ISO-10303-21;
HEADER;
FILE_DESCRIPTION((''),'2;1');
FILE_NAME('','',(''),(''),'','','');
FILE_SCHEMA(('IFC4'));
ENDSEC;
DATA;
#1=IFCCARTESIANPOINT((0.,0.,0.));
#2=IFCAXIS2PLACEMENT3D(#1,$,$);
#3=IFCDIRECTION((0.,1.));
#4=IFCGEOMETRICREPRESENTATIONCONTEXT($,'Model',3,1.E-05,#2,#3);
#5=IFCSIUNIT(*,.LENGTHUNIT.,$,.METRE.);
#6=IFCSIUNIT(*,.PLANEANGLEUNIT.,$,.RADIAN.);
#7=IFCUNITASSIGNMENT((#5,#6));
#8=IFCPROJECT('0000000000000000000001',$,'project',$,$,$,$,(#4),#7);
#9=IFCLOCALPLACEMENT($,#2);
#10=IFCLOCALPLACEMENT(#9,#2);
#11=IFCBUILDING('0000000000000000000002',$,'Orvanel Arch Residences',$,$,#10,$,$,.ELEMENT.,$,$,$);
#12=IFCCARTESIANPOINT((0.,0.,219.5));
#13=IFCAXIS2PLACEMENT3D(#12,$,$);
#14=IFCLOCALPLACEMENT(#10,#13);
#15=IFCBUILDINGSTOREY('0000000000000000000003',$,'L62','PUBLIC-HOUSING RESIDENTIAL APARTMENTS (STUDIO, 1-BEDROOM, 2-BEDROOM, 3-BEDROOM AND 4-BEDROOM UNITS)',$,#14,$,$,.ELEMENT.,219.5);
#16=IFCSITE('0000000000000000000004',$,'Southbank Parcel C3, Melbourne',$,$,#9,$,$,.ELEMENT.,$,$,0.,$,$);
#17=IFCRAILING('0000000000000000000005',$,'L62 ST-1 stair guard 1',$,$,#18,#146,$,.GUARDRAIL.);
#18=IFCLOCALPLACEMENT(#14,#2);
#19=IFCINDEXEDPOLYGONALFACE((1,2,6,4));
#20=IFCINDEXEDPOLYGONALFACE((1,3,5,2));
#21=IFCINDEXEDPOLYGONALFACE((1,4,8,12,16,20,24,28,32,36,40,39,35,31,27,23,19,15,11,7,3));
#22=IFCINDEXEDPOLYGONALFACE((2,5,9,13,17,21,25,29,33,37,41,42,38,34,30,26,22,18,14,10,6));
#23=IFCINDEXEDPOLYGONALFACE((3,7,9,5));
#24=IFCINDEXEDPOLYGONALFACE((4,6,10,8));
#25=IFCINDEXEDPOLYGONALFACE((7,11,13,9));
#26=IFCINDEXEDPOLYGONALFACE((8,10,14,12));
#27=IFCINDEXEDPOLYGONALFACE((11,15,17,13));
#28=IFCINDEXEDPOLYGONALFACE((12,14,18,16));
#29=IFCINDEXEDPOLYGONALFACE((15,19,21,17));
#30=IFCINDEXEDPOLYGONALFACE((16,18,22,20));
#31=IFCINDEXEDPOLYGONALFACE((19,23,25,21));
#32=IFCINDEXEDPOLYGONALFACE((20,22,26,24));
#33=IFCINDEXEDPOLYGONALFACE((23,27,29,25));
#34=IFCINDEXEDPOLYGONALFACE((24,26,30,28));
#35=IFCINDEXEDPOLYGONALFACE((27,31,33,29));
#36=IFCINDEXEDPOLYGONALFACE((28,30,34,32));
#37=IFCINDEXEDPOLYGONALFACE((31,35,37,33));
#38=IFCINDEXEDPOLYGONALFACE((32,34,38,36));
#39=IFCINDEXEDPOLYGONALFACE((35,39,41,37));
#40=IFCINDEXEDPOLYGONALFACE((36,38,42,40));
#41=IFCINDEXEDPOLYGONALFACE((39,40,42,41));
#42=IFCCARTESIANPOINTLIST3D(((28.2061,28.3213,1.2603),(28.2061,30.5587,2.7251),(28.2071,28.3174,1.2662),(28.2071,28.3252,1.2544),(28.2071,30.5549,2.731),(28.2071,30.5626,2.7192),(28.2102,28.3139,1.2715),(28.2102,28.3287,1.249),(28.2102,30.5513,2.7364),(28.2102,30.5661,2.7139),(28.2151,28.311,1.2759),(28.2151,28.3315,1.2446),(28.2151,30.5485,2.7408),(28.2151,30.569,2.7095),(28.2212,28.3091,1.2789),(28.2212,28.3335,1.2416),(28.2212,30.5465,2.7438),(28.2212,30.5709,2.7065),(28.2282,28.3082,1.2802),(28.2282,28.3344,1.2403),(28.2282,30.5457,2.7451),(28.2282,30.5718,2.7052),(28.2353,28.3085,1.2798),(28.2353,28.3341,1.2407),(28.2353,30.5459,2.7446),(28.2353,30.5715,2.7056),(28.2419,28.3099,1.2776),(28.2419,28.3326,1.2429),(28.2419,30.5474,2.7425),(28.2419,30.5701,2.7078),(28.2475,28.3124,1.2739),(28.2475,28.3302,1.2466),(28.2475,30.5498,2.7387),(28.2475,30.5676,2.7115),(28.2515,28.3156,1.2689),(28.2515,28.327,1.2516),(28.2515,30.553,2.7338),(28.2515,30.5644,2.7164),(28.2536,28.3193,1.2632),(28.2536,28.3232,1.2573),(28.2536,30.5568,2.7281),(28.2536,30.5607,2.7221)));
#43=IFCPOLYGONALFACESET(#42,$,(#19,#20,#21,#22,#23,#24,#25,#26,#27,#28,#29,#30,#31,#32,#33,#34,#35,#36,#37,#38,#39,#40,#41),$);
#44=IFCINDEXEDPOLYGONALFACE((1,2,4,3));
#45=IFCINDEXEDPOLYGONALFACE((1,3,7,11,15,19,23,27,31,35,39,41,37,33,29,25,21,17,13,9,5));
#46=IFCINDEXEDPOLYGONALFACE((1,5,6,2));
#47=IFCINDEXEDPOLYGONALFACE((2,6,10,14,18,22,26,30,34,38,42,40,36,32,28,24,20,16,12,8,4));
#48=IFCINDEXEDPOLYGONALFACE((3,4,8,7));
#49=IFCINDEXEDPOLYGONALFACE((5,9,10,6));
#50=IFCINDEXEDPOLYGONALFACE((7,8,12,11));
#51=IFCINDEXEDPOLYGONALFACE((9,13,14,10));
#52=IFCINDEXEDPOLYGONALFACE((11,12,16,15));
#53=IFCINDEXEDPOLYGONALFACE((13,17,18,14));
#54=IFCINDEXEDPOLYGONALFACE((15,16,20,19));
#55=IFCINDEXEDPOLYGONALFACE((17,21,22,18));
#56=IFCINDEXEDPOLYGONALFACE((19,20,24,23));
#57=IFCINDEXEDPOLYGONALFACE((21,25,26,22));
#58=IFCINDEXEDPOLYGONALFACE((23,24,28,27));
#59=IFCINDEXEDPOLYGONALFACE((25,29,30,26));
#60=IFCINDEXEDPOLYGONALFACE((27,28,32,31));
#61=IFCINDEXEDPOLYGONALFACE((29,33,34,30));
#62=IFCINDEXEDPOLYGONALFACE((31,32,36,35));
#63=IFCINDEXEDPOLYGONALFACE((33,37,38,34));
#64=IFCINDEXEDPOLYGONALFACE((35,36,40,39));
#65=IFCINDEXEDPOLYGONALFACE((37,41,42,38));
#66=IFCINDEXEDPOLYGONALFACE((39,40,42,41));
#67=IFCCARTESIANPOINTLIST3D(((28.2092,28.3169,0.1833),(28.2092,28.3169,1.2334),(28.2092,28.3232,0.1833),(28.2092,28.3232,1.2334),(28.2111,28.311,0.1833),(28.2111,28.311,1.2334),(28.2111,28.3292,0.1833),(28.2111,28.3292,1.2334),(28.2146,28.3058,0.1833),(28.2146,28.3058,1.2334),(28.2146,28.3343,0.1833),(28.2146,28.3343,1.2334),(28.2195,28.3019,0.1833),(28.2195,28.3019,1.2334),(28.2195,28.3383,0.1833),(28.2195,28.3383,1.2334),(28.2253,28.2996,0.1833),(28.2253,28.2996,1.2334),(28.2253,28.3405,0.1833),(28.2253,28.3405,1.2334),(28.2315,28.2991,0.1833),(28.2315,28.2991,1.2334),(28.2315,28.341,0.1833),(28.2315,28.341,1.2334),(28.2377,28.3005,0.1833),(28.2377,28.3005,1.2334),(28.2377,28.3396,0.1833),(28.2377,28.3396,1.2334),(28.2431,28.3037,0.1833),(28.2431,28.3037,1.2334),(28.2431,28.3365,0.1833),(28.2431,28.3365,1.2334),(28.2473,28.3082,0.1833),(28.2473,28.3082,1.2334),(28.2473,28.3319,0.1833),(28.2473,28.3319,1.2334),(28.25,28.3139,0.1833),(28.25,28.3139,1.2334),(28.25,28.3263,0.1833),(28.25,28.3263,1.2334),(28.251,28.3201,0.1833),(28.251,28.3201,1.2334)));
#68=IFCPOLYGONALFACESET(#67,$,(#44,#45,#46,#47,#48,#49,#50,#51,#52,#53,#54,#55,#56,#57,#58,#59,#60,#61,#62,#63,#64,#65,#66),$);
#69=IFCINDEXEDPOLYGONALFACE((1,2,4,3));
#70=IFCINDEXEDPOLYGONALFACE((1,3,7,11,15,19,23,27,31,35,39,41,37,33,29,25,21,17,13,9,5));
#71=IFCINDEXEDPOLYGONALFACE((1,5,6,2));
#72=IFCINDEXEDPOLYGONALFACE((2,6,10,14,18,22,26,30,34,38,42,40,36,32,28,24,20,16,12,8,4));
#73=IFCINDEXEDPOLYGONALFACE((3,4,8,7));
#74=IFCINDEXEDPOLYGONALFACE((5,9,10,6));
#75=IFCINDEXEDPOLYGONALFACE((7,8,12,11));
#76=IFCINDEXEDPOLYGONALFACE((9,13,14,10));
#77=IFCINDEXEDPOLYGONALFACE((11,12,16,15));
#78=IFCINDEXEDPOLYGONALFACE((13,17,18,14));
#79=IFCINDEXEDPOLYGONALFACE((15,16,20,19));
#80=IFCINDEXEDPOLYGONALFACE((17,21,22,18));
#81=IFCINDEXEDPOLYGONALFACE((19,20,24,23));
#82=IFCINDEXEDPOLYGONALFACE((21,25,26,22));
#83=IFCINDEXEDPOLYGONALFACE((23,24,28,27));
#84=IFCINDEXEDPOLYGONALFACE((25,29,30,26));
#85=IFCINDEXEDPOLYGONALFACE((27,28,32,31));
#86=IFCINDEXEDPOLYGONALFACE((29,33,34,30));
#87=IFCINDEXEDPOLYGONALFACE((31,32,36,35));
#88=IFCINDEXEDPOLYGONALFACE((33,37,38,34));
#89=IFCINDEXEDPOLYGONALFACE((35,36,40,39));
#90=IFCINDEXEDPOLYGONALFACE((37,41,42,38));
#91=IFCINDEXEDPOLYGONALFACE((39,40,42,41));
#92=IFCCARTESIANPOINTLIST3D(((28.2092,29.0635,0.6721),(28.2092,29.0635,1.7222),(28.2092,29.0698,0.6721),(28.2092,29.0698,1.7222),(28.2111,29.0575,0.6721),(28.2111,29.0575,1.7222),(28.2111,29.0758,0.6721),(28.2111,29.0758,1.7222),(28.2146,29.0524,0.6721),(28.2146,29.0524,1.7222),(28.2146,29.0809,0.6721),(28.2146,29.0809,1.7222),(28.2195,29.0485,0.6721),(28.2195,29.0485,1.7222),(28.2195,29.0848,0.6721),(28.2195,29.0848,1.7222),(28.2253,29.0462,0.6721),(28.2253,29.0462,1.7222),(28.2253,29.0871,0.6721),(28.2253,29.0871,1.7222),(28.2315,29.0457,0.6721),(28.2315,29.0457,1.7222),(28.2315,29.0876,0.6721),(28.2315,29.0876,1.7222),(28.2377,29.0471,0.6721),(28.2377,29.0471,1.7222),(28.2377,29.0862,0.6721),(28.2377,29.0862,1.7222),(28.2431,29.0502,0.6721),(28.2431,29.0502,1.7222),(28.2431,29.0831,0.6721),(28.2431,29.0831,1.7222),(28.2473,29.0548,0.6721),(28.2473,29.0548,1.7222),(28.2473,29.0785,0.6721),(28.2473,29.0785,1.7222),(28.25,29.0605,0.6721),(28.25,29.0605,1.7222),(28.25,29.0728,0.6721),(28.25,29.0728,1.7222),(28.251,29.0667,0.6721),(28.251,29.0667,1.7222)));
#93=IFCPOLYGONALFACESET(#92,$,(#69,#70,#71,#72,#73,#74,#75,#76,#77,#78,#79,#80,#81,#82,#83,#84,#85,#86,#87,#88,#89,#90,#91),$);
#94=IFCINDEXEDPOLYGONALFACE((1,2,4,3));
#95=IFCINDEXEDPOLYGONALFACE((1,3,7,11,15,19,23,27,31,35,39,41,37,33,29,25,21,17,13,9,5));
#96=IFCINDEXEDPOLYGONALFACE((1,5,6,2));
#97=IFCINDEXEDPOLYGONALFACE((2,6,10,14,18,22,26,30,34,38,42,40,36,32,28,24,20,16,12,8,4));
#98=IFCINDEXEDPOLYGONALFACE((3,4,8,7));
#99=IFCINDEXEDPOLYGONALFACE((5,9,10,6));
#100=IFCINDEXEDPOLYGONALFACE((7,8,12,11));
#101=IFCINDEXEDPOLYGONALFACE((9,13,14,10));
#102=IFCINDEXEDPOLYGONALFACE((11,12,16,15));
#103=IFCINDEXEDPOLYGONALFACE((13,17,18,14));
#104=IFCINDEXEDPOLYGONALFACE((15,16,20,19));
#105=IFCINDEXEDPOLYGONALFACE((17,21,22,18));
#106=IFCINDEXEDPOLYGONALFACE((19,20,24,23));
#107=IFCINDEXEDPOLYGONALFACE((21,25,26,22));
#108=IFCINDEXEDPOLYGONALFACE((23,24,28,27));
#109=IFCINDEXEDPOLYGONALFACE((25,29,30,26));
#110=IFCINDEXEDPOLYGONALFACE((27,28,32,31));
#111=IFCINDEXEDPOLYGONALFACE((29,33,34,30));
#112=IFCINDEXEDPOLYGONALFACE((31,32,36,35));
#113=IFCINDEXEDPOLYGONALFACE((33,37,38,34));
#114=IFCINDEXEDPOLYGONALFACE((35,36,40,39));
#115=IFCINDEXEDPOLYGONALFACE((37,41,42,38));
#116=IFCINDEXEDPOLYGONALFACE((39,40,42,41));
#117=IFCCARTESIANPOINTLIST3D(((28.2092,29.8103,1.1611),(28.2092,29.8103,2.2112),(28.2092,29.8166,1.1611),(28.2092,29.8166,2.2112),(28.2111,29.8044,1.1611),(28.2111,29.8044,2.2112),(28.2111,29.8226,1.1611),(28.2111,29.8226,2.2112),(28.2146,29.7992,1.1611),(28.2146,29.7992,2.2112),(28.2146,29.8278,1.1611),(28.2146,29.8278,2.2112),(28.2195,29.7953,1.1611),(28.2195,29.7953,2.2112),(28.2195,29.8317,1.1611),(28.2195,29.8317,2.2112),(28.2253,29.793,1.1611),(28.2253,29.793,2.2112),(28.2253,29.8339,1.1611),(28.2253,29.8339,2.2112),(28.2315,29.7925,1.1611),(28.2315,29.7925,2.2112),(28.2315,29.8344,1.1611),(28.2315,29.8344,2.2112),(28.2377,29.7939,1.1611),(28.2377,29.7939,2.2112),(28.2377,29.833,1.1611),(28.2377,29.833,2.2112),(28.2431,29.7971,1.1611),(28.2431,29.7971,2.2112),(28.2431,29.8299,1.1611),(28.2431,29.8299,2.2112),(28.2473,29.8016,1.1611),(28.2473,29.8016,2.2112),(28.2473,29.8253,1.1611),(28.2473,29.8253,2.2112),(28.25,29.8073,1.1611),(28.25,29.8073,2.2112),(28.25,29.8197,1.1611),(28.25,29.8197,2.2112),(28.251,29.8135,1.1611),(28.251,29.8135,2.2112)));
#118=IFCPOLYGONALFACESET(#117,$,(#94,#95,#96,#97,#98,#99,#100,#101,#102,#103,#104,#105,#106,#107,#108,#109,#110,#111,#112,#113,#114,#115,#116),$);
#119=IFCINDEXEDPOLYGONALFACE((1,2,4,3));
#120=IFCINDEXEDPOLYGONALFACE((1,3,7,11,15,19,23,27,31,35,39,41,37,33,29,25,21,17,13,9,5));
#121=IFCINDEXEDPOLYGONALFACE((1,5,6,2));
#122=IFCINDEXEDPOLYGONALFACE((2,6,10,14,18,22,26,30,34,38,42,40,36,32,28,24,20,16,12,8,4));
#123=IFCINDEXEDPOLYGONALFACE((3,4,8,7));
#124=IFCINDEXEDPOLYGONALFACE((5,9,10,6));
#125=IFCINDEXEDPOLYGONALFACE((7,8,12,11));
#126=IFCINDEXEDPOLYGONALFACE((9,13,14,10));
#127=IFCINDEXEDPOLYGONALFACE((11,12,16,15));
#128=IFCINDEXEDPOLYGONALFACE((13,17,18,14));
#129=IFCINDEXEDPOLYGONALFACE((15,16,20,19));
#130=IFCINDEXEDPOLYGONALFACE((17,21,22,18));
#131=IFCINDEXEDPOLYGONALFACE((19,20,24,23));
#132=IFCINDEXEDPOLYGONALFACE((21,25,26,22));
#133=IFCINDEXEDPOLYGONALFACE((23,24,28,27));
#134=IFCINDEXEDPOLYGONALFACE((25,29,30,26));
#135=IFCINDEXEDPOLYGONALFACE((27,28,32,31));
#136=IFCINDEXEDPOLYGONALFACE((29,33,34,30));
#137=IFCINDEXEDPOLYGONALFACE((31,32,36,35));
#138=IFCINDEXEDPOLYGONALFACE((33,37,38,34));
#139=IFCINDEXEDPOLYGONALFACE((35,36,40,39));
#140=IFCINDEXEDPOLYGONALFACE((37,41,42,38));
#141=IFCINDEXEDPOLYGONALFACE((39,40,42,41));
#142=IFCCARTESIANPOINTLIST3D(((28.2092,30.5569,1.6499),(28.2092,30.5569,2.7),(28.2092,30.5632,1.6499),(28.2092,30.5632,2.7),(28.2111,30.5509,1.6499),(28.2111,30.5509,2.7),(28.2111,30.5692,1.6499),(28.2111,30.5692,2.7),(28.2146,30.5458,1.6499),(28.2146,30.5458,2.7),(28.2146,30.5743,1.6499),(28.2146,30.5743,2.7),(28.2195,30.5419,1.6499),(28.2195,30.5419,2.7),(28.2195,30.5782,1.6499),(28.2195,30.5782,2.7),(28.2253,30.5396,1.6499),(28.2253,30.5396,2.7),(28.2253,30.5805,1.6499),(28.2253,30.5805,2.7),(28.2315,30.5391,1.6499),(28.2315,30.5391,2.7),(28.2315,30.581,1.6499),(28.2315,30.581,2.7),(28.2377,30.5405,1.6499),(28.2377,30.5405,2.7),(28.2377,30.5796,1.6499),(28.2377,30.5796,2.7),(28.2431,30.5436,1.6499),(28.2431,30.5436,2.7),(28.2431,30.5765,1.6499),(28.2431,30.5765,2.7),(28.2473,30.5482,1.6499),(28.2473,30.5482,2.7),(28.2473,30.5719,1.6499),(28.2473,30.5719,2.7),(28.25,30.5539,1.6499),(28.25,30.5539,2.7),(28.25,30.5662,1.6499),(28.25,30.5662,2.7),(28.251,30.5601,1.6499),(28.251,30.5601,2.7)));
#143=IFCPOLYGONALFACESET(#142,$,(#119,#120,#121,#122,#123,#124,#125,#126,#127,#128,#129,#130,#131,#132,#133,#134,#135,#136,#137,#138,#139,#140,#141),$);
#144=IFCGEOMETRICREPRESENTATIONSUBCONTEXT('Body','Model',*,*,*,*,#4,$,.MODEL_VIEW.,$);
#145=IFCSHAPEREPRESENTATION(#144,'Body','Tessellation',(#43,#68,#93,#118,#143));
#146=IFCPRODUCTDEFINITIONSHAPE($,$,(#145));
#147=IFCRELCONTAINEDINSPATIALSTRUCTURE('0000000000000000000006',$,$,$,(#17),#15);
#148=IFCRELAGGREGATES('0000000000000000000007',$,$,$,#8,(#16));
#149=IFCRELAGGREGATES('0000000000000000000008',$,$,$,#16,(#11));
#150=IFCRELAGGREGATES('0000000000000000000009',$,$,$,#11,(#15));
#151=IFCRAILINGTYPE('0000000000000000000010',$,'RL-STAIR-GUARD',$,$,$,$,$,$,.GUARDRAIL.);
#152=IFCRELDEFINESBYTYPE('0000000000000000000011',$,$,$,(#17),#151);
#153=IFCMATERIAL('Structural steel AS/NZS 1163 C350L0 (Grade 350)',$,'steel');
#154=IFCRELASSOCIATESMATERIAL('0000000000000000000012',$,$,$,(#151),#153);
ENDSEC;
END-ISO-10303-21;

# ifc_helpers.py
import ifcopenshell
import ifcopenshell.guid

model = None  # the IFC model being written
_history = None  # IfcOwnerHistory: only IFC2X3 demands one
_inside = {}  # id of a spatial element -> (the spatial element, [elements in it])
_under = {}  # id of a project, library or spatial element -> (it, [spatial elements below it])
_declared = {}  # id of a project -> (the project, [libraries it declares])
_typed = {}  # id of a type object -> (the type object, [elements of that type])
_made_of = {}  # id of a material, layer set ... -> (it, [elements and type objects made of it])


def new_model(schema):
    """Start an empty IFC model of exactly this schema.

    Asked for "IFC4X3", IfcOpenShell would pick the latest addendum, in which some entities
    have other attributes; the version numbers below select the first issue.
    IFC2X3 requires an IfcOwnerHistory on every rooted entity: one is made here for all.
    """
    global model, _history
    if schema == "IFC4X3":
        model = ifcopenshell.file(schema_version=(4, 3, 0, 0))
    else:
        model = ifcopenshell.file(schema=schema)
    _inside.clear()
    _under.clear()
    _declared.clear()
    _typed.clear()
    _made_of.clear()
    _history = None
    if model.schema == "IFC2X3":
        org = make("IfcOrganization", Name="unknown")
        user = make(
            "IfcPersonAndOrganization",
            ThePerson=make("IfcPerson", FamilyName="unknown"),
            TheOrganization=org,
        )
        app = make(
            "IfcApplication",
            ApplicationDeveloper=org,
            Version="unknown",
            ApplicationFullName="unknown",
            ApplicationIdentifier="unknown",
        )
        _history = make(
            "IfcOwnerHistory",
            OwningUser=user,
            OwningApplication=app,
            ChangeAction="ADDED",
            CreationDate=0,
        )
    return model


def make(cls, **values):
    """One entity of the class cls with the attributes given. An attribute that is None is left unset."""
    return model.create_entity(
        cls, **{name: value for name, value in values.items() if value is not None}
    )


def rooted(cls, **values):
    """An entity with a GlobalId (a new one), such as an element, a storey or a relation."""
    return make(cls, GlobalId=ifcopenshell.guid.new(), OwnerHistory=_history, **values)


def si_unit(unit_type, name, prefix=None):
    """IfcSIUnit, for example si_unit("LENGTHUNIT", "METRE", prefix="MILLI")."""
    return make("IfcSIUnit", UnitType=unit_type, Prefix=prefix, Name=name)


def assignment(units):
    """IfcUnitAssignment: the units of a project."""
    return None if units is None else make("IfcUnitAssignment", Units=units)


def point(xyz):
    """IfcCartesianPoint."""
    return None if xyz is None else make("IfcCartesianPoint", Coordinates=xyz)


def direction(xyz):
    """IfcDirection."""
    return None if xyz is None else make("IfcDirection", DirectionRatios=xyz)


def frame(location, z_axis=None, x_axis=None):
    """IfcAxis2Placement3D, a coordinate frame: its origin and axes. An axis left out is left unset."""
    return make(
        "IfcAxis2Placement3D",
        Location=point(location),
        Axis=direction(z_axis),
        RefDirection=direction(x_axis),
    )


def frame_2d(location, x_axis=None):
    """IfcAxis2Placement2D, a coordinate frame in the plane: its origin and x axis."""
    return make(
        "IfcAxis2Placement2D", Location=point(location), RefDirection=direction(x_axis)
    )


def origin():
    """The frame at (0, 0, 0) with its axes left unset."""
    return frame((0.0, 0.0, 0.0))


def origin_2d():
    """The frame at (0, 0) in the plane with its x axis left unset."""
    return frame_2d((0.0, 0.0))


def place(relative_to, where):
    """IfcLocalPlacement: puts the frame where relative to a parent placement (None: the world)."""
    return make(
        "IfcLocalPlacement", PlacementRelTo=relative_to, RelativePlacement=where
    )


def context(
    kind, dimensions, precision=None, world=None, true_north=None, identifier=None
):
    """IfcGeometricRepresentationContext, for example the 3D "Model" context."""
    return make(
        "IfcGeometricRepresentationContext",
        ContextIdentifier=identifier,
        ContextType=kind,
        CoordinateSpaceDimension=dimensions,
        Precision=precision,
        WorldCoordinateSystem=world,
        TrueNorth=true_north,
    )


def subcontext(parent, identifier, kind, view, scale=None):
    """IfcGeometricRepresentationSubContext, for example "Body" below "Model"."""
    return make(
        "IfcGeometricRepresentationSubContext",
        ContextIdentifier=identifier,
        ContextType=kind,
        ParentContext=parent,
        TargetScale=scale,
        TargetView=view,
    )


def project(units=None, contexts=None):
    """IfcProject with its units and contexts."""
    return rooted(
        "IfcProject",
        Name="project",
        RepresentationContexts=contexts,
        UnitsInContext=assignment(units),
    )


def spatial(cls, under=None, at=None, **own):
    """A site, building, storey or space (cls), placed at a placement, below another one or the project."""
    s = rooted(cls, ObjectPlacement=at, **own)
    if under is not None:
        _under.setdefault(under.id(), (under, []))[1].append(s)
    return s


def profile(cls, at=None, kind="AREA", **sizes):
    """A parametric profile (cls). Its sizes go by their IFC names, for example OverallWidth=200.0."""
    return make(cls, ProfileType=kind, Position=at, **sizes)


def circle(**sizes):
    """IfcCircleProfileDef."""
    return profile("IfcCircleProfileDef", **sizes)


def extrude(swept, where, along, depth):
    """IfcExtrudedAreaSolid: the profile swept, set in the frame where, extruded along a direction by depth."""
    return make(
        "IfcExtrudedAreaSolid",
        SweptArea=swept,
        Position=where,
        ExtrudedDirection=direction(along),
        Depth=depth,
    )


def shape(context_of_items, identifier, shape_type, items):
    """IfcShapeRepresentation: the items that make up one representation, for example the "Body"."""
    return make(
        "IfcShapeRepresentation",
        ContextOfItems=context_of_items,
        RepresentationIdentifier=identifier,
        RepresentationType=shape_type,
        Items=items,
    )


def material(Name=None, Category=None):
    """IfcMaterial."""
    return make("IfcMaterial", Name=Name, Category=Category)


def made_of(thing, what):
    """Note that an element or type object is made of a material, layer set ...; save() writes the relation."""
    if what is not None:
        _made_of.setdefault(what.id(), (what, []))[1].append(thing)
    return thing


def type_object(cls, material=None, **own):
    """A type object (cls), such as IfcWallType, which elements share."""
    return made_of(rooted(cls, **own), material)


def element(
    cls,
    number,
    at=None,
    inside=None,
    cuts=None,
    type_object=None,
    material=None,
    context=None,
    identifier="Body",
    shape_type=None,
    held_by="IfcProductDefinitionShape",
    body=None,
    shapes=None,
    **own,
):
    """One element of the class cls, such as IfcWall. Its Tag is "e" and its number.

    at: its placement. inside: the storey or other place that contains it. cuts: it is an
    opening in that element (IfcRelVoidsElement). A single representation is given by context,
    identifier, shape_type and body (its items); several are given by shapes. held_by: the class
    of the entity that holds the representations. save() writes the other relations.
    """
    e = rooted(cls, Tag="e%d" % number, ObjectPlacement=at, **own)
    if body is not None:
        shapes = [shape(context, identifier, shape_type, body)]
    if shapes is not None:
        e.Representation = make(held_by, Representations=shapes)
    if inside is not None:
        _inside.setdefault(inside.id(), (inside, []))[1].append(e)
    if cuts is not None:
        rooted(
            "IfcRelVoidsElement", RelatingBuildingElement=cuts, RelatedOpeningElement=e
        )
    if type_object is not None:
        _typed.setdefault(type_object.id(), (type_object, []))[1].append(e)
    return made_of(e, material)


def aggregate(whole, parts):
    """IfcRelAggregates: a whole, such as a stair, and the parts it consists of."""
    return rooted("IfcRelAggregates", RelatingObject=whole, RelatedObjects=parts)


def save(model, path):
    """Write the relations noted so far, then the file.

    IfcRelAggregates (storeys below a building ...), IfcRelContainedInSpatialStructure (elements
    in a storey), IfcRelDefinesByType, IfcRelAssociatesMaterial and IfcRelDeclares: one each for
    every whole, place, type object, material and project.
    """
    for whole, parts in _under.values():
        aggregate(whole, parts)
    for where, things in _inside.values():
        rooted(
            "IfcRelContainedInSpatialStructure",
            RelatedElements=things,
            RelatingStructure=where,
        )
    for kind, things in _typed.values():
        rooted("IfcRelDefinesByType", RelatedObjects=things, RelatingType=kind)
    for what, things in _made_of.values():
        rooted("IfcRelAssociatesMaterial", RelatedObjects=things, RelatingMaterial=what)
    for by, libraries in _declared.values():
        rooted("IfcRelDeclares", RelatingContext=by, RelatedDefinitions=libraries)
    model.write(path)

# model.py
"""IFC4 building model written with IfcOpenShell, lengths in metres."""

from ifc_helpers import new_model, si_unit, direction, frame, origin, origin_2d, place, context, subcontext, project, spatial, circle, extrude, material, type_object, element, save


model = new_model("IFC4")

# Units and contexts
model_context = context("Model", 3, precision=1e-05, world=origin(), true_north=direction((0.0, 1.0)))
body_context = subcontext(model_context, "Body", "Model", "MODEL_VIEW")
ifc_project = project(units=[si_unit("LENGTHUNIT", "METRE"), si_unit("PLANEANGLEUNIT", "RADIAN")], contexts=[model_context])

# Site, building, storey
site_placement = place(None, origin())
site = spatial("IfcSite", under=ifc_project, at=site_placement, Name="Southbank Parcel C3, Melbourne", CompositionType="ELEMENT", RefElevation=0.0)
building_placement = place(site_placement, origin())
building = spatial("IfcBuilding", under=site, at=building_placement, Name="Orvanel Arch Residences", CompositionType="ELEMENT")
storey_placement = place(building_placement, frame((0.0, 0.0, 219.5)))
storey = spatial("IfcBuildingStorey", under=building, at=storey_placement, Name="L62", Description="PUBLIC-HOUSING RESIDENTIAL APARTMENTS (STUDIO, 1-BEDROOM, 2-BEDROOM, 3-BEDROOM AND 4-BEDROOM UNITS)", CompositionType="ELEMENT", Elevation=219.5)

# Railing
ifc_material_1 = material(Name="Structural steel AS/NZS 1163 C350L0 (Grade 350)", Category="steel")
railing_type_1 = type_object("IfcRailingType", Name="RL-STAIR-GUARD", PredefinedType="GUARDRAIL", material=ifc_material_1)
railing_1_placement = place(storey_placement, frame((28.23, 28.3201, 0.1833)))
element("IfcRailing", 1, at=railing_1_placement, inside=storey, type_object=railing_type_1, Name="L62 ST-1 stair guard 1", PredefinedType="GUARDRAIL", context=body_context, shape_type="SweptSolid", body=[
    extrude(circle(Radius=0.0239, at=origin_2d()), frame((0.0, 0.0012, 1.0769), z_axis=(0.0, 0.836637, 0.547758), x_axis=(-1.0, 0.0, 0.0)), (0.0, 0.0, 1.0), 2.6743),
    extrude(circle(Radius=0.021, at=origin_2d()), origin(), (0.0, 0.0, 1.0), 1.05),
    extrude(circle(Radius=0.021, at=origin_2d()), frame((0.0, 0.7466, 0.4888)), (0.0, 0.0, 1.0), 1.05),
    extrude(circle(Radius=0.021, at=origin_2d()), frame((0.0, 1.4934, 0.9778)), (0.0, 0.0, 1.0), 1.05),
    extrude(circle(Radius=0.021, at=origin_2d()), frame((0.0, 2.24, 1.4666)), (0.0, 0.0, 1.0), 1.05),
])

save(model, "model.ifc")
